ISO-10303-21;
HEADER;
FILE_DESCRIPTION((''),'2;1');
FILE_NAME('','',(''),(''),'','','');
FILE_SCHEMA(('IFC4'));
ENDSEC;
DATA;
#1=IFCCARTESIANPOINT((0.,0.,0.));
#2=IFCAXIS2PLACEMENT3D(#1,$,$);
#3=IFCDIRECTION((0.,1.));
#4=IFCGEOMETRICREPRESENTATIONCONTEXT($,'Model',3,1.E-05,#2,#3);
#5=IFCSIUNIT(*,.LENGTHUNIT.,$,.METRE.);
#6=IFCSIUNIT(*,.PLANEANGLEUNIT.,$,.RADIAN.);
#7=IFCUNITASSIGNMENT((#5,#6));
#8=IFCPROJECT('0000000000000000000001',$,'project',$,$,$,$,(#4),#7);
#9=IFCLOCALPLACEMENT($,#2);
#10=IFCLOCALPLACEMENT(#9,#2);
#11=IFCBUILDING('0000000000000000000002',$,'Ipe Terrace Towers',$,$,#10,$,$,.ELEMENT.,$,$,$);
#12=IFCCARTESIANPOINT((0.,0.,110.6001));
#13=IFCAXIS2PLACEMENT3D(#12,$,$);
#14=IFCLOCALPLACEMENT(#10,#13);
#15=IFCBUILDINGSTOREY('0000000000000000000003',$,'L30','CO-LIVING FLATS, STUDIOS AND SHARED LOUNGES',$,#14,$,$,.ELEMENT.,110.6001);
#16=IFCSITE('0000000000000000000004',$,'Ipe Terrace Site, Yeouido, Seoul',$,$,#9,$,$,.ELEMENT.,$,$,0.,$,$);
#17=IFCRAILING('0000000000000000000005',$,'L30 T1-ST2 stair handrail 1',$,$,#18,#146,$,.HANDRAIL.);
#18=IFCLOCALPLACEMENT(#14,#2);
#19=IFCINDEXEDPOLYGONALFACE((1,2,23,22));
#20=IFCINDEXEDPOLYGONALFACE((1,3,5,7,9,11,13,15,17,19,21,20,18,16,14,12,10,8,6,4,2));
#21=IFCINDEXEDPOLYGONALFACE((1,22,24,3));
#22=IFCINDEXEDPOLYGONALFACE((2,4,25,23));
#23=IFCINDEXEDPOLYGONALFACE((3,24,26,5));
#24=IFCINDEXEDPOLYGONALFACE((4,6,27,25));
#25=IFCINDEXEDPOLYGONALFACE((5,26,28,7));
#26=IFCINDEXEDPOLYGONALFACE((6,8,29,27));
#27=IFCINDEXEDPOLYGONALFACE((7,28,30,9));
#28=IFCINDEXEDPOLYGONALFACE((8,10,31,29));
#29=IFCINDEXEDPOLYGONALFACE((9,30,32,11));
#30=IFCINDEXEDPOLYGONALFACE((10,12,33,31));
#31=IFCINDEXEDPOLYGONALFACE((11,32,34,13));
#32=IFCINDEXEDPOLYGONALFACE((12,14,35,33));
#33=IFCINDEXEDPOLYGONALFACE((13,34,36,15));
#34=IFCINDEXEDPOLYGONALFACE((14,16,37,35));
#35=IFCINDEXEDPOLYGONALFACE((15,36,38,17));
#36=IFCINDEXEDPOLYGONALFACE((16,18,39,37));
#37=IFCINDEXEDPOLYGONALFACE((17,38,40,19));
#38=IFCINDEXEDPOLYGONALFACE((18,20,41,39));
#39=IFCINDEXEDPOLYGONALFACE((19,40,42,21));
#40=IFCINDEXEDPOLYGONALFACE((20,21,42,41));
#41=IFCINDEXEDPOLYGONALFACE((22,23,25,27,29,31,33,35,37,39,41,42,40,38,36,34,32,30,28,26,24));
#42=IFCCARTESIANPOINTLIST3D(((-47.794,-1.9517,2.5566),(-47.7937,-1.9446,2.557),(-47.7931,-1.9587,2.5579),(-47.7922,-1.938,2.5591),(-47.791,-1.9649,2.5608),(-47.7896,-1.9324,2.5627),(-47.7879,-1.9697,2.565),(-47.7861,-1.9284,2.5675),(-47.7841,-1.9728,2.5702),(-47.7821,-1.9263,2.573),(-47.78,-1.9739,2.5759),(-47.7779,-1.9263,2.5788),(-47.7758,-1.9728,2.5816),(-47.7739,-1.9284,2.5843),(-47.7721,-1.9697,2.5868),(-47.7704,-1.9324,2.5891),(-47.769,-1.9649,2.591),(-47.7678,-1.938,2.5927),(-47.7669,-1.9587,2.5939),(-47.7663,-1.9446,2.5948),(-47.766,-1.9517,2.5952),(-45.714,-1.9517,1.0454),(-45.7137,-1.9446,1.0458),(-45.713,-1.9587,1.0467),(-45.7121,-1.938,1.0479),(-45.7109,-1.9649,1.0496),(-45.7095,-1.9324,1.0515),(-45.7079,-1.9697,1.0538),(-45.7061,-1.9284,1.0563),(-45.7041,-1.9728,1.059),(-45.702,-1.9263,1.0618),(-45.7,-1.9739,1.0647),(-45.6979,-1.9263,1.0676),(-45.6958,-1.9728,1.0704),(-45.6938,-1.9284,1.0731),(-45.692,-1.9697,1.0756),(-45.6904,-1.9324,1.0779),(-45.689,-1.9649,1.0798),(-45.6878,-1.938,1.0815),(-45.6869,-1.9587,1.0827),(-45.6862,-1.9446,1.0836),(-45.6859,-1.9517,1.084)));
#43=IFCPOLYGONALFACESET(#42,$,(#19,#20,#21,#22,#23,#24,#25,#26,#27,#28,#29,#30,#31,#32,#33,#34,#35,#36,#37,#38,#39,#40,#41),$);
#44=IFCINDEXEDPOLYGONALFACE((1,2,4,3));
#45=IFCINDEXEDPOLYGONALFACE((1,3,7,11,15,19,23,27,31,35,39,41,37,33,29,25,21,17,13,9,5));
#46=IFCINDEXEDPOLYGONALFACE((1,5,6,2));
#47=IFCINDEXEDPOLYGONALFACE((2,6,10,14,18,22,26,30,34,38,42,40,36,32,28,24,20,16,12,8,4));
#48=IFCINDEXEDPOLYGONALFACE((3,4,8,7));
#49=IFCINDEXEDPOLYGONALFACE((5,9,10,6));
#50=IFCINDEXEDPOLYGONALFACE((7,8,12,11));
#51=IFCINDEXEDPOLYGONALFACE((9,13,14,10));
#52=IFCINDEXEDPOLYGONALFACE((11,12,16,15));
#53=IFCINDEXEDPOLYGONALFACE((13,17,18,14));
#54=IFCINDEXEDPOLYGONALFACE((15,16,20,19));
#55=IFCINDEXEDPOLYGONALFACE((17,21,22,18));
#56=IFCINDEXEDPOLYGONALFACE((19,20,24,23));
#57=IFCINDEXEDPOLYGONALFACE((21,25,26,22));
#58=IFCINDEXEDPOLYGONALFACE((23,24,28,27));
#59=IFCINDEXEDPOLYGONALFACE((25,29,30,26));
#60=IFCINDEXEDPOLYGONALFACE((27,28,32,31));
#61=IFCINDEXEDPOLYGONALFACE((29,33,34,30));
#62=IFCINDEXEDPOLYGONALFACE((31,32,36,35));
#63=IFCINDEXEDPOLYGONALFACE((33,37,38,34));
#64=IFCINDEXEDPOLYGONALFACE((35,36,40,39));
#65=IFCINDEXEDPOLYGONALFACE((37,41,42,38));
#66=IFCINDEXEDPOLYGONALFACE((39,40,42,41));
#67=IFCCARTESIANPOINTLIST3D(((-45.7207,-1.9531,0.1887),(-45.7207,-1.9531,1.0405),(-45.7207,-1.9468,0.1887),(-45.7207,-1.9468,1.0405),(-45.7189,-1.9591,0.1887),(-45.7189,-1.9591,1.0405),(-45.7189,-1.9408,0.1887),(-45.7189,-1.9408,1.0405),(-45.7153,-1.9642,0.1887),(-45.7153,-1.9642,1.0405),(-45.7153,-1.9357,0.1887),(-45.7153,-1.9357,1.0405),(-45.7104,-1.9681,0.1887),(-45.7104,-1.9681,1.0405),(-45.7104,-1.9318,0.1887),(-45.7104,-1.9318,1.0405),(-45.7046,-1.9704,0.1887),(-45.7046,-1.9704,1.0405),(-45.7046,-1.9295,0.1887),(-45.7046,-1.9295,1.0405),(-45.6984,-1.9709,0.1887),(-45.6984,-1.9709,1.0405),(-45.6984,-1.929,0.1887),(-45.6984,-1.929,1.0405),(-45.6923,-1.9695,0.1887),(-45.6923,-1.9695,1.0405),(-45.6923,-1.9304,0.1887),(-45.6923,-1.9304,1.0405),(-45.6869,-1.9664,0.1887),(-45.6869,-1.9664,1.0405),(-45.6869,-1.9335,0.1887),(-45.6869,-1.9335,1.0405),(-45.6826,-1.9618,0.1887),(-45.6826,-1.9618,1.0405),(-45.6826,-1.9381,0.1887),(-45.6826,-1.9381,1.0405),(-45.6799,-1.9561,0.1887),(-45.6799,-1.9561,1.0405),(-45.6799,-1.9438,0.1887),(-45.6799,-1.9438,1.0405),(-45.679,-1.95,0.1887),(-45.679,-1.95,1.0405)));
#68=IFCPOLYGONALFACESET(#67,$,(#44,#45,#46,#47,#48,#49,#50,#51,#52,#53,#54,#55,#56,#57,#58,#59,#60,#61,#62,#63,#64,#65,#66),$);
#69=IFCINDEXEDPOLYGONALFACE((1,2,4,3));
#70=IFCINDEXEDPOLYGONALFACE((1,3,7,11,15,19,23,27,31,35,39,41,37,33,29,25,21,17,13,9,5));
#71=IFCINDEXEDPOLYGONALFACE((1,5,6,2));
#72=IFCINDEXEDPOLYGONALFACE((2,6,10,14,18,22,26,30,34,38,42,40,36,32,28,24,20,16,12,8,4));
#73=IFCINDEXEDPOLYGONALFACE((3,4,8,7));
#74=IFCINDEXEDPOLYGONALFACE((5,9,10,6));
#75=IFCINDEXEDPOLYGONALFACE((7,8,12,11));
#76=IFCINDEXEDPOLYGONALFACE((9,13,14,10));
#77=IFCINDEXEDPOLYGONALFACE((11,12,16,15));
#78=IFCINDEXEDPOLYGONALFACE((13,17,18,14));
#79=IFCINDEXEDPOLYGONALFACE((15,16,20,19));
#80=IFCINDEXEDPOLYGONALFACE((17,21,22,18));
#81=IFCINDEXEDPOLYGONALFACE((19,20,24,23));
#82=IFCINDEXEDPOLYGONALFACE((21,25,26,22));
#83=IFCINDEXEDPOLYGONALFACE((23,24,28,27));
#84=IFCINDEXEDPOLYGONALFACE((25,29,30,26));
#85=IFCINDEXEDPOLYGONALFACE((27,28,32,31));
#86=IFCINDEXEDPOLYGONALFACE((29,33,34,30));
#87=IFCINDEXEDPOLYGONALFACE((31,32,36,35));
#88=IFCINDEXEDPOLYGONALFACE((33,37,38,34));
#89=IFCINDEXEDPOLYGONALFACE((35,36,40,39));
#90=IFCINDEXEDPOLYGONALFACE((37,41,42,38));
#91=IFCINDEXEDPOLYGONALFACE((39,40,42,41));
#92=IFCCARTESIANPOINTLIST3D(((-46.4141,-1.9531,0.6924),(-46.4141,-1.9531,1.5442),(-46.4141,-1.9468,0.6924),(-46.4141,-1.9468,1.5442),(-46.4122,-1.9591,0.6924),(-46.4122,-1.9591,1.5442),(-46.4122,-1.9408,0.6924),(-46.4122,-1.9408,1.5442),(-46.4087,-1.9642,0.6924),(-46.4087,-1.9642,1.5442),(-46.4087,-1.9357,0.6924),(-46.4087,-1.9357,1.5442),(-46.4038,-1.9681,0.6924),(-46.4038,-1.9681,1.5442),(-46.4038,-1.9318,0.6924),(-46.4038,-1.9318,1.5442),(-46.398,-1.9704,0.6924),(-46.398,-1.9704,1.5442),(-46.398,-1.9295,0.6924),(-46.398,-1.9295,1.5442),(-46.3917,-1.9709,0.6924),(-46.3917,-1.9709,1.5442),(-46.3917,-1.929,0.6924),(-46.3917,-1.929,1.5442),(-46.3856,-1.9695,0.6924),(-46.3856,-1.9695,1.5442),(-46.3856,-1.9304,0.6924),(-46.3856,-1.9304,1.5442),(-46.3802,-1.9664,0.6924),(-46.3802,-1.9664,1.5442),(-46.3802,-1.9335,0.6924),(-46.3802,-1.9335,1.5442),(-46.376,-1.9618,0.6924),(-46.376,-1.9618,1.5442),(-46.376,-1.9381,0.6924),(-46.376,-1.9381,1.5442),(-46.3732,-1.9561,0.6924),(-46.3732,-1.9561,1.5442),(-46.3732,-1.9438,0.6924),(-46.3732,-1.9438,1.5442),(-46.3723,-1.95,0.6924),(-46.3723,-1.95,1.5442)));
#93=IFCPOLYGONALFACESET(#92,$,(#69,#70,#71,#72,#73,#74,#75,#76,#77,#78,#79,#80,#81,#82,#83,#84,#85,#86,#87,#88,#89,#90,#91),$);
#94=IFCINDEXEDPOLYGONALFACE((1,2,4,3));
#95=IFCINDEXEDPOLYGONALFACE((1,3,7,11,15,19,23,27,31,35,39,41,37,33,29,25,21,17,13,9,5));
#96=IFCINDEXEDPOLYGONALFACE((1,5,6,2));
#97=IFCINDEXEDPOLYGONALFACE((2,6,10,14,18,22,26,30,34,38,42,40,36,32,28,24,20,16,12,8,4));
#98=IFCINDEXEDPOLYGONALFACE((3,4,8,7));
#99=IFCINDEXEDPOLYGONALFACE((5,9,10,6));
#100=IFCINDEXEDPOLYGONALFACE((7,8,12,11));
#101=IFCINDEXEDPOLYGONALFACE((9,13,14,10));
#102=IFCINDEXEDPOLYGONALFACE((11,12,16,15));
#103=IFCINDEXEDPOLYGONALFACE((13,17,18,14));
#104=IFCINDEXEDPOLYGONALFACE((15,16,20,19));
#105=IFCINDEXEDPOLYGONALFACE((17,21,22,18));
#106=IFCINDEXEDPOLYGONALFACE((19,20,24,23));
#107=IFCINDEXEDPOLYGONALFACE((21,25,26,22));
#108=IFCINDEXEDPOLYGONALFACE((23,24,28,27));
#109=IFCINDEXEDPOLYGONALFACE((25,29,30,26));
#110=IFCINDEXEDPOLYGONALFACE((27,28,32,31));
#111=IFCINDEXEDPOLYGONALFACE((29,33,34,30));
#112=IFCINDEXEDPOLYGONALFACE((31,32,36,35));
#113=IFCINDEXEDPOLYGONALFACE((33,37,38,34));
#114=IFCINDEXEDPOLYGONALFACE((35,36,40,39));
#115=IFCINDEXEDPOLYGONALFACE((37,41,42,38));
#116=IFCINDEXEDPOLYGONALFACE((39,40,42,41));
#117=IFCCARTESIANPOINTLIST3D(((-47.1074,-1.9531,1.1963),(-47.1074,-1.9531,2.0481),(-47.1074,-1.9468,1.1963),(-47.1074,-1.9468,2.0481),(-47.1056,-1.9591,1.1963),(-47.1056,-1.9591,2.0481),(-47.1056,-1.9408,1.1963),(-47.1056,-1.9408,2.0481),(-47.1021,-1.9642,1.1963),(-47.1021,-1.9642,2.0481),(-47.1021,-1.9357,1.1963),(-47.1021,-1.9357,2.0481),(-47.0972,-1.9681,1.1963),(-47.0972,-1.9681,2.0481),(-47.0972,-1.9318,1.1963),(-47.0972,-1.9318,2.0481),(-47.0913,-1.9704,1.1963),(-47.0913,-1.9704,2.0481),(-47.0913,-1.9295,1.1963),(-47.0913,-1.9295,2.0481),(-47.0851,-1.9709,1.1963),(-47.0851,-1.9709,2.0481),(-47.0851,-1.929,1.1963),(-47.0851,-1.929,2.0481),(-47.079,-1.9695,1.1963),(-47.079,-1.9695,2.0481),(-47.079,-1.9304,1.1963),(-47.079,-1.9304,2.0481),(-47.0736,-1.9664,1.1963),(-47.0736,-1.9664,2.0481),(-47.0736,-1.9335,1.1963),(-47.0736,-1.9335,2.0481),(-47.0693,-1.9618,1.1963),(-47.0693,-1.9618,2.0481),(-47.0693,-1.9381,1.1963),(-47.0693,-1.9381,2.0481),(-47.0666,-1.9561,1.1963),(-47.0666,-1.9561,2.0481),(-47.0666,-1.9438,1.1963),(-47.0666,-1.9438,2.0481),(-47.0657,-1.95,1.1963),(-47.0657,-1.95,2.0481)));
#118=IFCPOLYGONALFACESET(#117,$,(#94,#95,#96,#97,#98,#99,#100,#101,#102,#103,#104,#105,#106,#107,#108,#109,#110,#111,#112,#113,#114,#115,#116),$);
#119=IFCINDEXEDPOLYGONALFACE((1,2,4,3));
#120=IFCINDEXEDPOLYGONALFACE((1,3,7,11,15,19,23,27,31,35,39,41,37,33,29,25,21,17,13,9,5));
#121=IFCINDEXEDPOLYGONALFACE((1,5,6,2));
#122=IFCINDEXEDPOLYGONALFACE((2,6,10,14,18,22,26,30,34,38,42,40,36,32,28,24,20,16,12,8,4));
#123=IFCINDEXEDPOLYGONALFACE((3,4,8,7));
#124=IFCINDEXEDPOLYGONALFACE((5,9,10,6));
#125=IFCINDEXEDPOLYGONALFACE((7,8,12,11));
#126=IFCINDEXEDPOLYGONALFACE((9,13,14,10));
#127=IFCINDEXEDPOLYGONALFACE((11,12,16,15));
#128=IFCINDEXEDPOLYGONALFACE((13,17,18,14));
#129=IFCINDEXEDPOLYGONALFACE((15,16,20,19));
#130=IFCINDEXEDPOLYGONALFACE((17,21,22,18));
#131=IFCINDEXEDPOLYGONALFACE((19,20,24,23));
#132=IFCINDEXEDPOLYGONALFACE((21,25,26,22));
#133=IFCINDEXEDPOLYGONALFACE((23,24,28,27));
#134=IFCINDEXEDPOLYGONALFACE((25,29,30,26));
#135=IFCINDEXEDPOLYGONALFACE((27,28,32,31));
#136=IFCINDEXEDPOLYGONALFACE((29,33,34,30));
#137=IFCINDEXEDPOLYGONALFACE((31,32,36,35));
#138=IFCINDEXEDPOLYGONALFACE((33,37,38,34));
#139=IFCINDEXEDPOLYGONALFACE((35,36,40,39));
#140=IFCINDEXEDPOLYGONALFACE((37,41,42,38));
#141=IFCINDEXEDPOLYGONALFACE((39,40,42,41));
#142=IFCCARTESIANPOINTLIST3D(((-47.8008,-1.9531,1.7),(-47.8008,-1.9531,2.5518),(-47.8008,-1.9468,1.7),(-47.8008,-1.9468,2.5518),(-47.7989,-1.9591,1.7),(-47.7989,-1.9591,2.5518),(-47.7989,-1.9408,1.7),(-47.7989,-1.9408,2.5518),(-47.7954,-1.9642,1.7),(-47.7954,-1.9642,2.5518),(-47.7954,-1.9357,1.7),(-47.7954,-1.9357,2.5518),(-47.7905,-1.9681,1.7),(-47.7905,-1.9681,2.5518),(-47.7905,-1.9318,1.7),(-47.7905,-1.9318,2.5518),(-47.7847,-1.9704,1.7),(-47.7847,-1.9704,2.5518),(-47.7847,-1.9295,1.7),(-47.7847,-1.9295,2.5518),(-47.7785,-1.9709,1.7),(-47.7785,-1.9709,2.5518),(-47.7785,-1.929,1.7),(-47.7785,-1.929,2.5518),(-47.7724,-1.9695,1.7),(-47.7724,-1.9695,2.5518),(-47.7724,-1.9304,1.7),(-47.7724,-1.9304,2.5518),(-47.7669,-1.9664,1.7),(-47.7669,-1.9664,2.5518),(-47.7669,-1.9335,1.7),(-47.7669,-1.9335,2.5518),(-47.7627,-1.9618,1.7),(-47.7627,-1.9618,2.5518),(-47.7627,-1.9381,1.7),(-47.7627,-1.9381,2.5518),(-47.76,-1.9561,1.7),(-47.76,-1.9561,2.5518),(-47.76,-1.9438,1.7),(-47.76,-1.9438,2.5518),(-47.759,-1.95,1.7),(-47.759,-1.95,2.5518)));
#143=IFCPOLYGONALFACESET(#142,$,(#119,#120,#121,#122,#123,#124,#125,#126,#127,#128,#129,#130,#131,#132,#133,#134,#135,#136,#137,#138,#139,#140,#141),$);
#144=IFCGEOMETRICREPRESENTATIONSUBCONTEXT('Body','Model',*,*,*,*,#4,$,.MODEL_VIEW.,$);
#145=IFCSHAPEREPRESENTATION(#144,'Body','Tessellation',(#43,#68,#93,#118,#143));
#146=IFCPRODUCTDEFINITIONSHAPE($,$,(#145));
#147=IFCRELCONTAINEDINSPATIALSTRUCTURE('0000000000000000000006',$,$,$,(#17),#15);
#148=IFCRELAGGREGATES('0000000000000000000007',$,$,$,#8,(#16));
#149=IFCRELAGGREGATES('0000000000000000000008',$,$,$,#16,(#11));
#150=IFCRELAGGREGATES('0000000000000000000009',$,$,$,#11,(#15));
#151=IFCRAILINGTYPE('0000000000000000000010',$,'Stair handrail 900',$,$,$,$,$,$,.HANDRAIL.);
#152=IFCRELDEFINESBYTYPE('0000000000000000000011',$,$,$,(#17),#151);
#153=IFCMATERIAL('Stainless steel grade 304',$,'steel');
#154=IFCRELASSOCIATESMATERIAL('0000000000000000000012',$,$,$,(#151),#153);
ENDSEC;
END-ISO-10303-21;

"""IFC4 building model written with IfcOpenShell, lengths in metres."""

from ifc_helpers import new_model, si_unit, direction, frame, origin, origin_2d, place, context, subcontext, project, spatial, circle, extrude, material, type_object, element, save


model = new_model("IFC4")

# Units and contexts
model_context = context("Model", 3, precision=1e-05, world=origin(), true_north=direction((0.0, 1.0)))
body_context = subcontext(model_context, "Body", "Model", "MODEL_VIEW")
ifc_project = project(units=[si_unit("LENGTHUNIT", "METRE"), si_unit("PLANEANGLEUNIT", "RADIAN")], contexts=[model_context])

# Site, building, storey
site_placement = place(None, origin())
site = spatial("IfcSite", under=ifc_project, at=site_placement, Name="Ipe Terrace Site, Yeouido, Seoul", CompositionType="ELEMENT", RefElevation=0.0)
building_placement = place(site_placement, origin())
building = spatial("IfcBuilding", under=site, at=building_placement, Name="Ipe Terrace Towers", CompositionType="ELEMENT")
storey_placement = place(building_placement, frame((0.0, 0.0, 110.6001)))
storey = spatial("IfcBuildingStorey", under=building, at=storey_placement, Name="L30", Description="CO-LIVING FLATS, STUDIOS AND SHARED LOUNGES", CompositionType="ELEMENT", Elevation=110.6001)

# Railing
ifc_material_1 = material(Name="Stainless steel grade 304", Category="steel")
railing_type_1 = type_object("IfcRailingType", Name="Stair handrail 900", PredefinedType="HANDRAIL", material=ifc_material_1)
railing_1_placement = place(storey_placement, frame((-45.7, -1.95, 0.1887)))
element("IfcRailing", 1, at=railing_1_placement, inside=storey, type_object=railing_type_1, Name="L30 T1-ST2 stair handrail 1", PredefinedType="HANDRAIL", context=body_context, shape_type="SweptSolid", body=[
    extrude(circle(Radius=0.0239, at=origin_2d()), frame((0.0, 0.0, 0.876), z_axis=(-0.809023, 0.0, 0.587776), x_axis=(0.0, -1.0, 0.0)), (0.0, 0.0, 1.0), 2.571),
    extrude(circle(Radius=0.021, at=origin_2d()), origin(), (0.0, 0.0, 1.0), 0.8518),
    extrude(circle(Radius=0.021, at=origin_2d()), frame((-0.6934, 0.0, 0.5037)), (0.0, 0.0, 1.0), 0.8518),
    extrude(circle(Radius=0.021, at=origin_2d()), frame((-1.3867, 0.0, 1.0076)), (0.0, 0.0, 1.0), 0.8518),
    extrude(circle(Radius=0.021, at=origin_2d()), frame((-2.0801, 0.0, 1.5112)), (0.0, 0.0, 1.0), 0.8518),
])

save(model, "model.ifc")
